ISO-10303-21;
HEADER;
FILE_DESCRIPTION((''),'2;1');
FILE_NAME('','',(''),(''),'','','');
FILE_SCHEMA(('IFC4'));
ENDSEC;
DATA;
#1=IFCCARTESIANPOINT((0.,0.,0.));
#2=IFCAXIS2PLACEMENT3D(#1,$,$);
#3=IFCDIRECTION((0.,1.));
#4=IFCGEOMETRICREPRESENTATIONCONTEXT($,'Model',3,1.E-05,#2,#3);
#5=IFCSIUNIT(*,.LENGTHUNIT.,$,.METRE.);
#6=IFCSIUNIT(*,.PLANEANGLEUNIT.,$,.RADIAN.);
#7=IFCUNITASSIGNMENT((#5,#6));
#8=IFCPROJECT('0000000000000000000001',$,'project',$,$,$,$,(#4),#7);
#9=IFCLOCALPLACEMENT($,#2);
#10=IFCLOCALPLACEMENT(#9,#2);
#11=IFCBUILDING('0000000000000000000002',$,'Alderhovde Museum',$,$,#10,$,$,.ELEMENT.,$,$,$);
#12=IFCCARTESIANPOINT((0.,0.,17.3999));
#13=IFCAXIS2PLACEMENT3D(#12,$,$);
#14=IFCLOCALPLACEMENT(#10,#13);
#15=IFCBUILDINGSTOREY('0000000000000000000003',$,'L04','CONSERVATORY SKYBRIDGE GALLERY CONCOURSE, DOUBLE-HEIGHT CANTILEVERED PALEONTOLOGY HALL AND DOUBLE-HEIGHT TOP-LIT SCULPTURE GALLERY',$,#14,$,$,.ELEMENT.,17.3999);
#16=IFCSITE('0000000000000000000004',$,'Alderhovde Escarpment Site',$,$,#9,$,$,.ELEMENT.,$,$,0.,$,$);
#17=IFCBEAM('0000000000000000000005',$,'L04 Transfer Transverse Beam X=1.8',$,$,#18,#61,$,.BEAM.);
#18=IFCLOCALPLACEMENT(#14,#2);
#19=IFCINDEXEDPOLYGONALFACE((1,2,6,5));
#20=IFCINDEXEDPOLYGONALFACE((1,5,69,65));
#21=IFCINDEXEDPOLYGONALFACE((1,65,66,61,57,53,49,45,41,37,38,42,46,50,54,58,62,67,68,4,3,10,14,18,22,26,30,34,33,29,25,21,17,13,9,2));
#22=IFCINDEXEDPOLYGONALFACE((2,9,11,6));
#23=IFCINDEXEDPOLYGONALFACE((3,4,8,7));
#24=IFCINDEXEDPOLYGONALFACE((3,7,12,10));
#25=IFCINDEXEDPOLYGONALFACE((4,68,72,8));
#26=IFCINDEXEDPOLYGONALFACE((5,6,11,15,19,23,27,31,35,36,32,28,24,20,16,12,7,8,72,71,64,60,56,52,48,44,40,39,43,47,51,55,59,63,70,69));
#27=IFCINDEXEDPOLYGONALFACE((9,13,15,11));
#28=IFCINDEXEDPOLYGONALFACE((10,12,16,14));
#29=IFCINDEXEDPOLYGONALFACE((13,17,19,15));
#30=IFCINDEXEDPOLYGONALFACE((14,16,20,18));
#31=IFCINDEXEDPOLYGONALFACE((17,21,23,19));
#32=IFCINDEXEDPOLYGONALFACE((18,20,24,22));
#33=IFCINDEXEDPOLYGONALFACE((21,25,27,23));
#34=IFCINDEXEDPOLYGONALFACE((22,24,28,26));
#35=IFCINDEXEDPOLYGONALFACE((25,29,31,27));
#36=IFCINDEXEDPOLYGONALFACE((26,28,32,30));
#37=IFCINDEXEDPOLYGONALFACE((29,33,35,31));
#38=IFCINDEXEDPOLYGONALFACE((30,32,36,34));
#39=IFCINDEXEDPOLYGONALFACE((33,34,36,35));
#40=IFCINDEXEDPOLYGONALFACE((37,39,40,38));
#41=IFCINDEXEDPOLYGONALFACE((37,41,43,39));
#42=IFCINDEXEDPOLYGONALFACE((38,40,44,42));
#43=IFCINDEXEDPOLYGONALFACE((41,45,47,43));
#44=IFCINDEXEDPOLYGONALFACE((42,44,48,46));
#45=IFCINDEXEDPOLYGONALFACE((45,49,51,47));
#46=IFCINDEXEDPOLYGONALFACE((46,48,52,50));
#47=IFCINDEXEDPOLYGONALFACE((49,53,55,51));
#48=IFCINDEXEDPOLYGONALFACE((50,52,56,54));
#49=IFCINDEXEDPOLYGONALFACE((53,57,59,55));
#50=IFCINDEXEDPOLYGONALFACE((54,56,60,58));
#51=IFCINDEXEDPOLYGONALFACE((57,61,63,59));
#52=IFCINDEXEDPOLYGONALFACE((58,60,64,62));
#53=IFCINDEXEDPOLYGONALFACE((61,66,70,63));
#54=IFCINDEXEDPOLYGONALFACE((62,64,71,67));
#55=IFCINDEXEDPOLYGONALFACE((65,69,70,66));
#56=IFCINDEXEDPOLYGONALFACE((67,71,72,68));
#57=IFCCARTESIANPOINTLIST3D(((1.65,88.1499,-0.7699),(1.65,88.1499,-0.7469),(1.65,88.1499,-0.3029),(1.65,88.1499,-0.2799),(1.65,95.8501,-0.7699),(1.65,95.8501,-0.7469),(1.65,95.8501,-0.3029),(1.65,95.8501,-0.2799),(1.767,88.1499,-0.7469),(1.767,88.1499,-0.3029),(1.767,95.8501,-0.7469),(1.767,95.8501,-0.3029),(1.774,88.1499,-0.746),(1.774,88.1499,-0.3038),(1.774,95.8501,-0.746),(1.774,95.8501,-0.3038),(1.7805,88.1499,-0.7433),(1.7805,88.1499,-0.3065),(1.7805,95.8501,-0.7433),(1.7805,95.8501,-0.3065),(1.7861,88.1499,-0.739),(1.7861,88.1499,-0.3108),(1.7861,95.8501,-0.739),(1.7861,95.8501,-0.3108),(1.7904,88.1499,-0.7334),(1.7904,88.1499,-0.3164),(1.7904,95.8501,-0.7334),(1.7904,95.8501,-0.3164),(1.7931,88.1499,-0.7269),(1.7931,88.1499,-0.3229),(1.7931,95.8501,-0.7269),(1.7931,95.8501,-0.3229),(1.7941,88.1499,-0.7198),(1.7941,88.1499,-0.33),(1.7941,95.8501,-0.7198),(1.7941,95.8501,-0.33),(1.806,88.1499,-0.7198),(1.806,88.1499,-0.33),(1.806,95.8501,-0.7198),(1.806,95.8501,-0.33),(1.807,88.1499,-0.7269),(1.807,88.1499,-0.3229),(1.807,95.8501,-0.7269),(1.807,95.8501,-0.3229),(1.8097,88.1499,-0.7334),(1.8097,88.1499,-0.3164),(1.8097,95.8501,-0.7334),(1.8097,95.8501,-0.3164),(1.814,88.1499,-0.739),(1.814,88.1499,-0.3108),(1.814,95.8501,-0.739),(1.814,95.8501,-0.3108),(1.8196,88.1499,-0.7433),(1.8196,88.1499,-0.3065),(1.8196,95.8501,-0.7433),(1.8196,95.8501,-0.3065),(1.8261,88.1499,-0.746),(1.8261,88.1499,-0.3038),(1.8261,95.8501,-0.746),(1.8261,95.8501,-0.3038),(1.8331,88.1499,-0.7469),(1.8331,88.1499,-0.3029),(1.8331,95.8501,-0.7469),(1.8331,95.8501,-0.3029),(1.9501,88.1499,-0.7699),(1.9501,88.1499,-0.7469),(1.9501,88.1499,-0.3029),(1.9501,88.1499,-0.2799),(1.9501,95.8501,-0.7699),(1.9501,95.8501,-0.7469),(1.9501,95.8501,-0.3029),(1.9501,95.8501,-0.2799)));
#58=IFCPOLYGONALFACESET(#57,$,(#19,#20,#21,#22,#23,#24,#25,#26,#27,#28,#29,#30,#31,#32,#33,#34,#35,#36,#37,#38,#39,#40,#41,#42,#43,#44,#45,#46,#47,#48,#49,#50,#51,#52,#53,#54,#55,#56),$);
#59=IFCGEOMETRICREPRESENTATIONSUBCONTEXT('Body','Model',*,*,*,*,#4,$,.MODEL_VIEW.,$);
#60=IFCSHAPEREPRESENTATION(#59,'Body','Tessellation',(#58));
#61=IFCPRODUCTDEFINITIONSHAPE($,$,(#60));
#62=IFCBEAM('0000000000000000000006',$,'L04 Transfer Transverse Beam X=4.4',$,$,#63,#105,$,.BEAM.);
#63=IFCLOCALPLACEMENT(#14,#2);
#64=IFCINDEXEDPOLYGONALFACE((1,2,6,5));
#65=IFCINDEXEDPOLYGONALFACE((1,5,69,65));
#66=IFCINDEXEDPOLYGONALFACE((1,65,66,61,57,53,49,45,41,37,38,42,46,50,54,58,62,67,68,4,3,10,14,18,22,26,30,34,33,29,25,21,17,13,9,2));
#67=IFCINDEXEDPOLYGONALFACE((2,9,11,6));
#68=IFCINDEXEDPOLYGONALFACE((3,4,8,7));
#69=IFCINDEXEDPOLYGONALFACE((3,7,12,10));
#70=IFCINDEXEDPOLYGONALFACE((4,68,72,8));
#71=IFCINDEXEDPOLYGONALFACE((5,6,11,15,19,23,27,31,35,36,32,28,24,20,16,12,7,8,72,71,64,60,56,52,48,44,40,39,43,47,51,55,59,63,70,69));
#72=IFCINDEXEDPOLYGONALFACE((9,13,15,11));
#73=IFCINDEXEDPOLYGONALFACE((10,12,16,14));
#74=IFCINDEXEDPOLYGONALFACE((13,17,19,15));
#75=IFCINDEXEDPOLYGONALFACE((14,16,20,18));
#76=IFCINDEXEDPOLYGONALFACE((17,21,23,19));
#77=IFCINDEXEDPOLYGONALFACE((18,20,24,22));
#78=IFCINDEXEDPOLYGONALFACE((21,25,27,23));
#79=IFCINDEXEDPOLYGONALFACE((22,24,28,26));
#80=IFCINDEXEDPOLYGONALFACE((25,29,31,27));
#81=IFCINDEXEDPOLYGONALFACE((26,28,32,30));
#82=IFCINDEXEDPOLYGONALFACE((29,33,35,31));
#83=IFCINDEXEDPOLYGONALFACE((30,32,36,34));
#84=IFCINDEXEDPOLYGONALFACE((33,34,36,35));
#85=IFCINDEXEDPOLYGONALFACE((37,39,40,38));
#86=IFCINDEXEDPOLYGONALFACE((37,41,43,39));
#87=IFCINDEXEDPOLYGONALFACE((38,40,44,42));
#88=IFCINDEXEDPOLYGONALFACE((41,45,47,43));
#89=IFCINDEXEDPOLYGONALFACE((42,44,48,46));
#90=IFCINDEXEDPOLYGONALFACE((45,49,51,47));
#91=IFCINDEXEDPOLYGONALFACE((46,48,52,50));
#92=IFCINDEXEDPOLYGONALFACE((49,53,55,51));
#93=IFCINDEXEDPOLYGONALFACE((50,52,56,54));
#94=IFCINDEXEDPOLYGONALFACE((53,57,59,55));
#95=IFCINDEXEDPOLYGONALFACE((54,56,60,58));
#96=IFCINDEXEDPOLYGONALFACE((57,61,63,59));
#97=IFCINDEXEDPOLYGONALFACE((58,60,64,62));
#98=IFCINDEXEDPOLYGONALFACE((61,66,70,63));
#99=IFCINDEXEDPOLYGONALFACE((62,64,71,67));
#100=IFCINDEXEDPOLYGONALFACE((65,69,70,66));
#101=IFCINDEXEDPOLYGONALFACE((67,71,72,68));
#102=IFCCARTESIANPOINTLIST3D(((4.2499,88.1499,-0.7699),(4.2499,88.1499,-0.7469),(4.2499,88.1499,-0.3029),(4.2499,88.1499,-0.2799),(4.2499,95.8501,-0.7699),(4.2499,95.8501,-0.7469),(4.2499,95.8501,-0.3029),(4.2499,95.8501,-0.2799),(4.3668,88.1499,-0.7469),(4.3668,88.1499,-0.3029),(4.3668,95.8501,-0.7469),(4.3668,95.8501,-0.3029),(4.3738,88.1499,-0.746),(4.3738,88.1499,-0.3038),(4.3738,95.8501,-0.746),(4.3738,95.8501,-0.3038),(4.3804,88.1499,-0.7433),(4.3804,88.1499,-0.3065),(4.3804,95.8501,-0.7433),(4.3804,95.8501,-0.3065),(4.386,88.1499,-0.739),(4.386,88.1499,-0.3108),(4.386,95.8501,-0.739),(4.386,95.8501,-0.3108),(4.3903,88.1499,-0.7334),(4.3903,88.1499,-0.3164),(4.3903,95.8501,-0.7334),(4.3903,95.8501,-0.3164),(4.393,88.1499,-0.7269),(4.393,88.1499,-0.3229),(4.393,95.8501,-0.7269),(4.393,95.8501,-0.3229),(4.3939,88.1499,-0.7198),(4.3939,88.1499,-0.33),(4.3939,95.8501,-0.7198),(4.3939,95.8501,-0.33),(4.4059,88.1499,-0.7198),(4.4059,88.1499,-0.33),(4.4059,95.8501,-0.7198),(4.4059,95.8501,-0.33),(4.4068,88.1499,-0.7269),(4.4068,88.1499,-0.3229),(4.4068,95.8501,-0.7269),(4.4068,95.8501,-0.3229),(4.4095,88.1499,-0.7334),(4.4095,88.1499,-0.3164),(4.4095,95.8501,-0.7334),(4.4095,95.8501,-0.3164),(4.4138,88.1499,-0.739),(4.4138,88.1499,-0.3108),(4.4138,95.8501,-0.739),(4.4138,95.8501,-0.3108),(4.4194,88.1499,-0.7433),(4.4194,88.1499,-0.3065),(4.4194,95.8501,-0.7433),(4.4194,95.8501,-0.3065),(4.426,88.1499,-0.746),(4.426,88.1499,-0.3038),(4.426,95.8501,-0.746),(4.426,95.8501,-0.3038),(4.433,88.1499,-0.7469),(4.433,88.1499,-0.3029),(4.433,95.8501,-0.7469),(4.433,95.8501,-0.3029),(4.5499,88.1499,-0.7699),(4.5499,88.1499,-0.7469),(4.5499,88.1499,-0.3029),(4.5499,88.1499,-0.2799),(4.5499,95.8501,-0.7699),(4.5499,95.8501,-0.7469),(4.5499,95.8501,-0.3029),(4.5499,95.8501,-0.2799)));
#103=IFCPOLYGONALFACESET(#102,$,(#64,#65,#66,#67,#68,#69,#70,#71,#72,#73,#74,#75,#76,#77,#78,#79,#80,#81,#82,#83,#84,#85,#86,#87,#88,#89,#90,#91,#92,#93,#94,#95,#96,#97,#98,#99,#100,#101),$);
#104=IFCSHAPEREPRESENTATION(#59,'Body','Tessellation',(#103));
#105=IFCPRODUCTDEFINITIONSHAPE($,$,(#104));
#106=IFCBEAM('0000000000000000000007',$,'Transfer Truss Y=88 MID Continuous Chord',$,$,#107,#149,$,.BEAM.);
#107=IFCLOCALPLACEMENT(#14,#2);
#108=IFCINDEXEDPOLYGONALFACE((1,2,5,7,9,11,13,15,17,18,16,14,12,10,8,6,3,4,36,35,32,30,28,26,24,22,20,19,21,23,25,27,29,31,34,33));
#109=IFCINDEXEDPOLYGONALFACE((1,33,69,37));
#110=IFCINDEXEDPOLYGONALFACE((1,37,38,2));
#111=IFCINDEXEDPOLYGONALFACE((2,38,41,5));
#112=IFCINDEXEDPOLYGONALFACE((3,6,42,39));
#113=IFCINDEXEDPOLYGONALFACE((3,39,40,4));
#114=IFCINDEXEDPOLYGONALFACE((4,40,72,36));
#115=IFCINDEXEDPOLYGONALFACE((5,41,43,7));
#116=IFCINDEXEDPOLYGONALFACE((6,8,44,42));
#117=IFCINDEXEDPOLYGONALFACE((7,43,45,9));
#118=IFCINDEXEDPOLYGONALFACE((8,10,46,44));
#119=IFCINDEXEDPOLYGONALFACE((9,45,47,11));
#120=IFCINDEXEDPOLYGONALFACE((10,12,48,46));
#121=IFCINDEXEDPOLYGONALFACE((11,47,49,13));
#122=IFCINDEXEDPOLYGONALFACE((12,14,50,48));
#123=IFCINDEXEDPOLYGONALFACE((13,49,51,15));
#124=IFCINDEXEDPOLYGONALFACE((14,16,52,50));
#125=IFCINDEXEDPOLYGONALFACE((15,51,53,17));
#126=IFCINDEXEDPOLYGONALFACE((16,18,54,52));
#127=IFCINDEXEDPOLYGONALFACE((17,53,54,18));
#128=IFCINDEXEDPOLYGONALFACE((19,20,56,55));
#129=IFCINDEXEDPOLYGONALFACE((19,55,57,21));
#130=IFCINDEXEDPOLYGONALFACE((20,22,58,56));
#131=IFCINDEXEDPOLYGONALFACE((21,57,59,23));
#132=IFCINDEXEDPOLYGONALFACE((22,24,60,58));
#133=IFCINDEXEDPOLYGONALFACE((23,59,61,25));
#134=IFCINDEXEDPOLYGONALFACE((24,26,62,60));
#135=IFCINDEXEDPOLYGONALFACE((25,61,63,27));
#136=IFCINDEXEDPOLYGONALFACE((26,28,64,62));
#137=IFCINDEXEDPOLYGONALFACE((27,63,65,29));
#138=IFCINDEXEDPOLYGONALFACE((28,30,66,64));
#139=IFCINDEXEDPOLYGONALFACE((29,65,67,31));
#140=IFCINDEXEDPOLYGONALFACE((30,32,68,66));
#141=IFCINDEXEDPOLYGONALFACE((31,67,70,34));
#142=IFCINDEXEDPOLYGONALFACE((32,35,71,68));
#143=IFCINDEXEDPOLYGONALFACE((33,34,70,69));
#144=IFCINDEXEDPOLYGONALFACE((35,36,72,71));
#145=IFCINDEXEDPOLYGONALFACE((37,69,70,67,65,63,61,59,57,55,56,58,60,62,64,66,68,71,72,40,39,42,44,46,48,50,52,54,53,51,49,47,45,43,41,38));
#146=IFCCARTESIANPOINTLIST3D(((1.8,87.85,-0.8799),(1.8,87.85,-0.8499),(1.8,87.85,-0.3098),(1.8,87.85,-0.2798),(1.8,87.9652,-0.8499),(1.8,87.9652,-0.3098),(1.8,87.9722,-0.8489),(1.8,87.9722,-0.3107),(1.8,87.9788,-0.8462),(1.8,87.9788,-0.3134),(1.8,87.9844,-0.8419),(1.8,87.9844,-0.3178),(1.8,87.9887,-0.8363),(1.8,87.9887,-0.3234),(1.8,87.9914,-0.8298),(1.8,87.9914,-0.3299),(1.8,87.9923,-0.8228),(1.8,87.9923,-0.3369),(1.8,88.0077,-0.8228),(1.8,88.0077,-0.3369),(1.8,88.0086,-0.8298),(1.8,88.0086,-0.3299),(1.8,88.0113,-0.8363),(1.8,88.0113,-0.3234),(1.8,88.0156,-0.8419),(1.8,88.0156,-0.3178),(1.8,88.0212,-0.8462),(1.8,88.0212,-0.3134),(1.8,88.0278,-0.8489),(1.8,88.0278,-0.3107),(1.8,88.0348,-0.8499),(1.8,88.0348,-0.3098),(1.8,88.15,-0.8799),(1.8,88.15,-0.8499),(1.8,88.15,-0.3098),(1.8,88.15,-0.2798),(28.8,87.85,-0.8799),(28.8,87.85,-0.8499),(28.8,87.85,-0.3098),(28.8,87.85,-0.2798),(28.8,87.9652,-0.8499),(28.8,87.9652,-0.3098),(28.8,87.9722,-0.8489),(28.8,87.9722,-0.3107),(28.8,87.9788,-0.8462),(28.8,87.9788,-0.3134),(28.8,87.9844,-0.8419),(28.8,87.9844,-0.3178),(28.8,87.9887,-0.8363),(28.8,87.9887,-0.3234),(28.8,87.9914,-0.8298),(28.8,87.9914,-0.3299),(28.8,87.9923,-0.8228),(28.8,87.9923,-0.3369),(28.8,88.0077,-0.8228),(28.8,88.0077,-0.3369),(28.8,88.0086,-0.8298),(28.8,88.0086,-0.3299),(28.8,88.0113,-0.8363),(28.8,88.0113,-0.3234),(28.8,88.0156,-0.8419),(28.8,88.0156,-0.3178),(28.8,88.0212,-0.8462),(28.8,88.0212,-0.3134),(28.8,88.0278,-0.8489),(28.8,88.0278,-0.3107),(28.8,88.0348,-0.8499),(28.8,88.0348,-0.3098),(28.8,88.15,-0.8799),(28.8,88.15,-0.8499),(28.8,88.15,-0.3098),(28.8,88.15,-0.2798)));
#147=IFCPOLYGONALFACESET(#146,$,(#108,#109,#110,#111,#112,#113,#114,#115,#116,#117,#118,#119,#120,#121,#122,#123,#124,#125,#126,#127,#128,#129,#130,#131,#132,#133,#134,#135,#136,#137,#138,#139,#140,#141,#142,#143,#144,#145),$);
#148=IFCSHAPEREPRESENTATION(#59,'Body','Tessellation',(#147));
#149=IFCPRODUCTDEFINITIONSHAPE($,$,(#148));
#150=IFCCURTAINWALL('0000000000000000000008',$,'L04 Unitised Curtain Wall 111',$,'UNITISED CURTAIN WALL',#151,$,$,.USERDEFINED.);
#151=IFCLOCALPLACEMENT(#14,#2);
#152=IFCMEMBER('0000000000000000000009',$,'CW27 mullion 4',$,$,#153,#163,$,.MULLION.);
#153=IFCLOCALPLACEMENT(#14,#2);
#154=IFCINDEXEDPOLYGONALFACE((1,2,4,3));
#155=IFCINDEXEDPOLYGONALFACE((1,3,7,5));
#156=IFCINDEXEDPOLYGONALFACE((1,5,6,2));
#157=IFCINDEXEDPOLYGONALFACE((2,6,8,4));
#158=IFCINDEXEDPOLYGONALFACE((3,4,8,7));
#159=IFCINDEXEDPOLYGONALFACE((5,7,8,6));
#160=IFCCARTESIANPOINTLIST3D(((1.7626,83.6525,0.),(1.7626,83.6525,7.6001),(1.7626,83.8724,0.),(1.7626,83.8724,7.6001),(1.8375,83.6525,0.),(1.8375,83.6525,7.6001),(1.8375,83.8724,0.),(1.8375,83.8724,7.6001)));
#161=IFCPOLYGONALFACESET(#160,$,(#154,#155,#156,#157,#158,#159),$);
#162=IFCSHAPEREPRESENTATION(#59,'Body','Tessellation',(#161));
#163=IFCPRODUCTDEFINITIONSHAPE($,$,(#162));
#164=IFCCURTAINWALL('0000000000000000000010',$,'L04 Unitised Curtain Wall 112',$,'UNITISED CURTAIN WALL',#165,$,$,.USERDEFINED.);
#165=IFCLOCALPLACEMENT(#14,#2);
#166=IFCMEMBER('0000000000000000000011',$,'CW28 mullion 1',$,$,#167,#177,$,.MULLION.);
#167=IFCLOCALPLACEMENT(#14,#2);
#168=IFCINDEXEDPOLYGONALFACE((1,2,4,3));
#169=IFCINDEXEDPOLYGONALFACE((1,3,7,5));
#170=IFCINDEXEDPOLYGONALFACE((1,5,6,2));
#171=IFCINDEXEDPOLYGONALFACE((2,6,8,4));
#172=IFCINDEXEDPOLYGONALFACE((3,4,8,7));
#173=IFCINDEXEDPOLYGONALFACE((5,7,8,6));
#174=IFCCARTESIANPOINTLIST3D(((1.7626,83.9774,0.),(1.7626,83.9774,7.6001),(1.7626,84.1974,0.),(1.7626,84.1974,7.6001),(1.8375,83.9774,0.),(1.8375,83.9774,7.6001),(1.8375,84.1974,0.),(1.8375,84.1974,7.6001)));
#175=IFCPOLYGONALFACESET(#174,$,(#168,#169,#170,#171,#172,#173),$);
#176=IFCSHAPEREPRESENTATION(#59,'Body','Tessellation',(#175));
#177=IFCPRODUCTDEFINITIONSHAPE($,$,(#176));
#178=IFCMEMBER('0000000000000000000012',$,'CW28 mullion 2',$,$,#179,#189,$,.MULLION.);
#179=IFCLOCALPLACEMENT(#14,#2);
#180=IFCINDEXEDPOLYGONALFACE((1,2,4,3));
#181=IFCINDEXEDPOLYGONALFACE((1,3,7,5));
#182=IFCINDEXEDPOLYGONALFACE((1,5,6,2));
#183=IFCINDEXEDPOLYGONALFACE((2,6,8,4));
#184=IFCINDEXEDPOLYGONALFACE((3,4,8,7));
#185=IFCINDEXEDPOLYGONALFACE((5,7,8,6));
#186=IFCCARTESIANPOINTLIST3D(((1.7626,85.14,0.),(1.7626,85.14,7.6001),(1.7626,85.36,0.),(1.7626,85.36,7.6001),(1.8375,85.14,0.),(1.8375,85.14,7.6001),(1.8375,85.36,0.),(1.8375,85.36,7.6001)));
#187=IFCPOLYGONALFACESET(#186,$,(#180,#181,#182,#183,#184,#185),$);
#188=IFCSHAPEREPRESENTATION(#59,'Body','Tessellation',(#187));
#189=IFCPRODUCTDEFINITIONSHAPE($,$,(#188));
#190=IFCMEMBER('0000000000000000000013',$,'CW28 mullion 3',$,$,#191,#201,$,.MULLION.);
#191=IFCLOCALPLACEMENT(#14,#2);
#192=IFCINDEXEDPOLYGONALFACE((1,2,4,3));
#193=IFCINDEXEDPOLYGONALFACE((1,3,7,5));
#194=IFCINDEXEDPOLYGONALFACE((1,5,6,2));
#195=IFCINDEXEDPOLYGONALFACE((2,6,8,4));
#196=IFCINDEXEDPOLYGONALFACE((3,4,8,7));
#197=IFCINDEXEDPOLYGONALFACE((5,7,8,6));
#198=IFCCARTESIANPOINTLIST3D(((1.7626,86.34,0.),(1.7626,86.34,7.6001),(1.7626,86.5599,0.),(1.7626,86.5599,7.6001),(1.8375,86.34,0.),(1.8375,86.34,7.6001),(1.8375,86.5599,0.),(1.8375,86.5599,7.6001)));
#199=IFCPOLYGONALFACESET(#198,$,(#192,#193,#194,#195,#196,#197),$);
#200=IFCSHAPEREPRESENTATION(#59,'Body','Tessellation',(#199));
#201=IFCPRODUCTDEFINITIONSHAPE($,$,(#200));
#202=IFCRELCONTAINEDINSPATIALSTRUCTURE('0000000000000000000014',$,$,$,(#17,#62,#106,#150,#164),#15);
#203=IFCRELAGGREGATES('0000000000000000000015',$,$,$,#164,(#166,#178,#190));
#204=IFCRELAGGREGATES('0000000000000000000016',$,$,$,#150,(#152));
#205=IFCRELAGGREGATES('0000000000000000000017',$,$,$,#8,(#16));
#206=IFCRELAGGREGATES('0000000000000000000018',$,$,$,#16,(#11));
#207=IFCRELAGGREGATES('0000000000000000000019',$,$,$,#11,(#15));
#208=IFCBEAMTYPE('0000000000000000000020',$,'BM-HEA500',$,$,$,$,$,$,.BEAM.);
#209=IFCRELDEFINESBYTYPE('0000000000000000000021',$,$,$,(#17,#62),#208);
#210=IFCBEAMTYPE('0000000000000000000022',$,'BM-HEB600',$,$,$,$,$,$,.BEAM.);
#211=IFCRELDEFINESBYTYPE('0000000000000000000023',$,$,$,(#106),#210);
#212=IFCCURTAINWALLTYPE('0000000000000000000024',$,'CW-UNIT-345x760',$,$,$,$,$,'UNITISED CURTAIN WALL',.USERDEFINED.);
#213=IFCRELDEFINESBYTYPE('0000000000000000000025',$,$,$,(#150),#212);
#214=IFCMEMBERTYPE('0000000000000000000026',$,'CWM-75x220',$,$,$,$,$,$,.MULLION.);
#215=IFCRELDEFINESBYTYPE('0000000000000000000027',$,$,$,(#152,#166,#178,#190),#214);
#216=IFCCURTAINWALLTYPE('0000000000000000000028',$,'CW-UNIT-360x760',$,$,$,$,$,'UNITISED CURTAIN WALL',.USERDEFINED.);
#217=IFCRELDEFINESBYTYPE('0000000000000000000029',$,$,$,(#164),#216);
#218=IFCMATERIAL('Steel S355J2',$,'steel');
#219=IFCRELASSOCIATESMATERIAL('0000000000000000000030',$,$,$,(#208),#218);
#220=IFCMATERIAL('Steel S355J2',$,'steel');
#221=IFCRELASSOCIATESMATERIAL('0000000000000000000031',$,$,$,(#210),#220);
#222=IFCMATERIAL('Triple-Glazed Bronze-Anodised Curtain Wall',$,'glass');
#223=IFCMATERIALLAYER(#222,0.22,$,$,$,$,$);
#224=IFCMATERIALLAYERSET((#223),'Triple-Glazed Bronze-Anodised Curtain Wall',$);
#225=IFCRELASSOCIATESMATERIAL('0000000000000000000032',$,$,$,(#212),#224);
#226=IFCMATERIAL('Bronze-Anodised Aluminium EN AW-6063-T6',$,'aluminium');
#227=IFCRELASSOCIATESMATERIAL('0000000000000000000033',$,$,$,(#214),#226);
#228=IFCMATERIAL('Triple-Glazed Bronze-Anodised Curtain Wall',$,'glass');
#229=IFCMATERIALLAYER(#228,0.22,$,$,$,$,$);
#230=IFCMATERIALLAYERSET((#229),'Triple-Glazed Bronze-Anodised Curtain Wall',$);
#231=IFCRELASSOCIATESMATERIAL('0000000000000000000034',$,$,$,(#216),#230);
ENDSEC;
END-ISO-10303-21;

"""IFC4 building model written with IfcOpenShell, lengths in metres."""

from ifc_helpers import new_model, si_unit, direction, frame, origin, origin_2d, place, context, subcontext, project, spatial, rectangle, i_section, extrude, material, layer, layer_set, material_profile, profile_set, type_object, element, aggregate, save


model = new_model("IFC4")

# Units and contexts
model_context = context("Model", 3, precision=1e-05, world=origin(), true_north=direction((0.0, 1.0)))
body_context = subcontext(model_context, "Body", "Model", "MODEL_VIEW")
ifc_project = project(units=[si_unit("LENGTHUNIT", "METRE"), si_unit("PLANEANGLEUNIT", "RADIAN")], contexts=[model_context])

# Site, building, storey
site_placement = place(None, origin())
site = spatial("IfcSite", under=ifc_project, at=site_placement, Name="Alderhovde Escarpment Site", CompositionType="ELEMENT", RefElevation=0.0)
building_placement = place(site_placement, origin())
building = spatial("IfcBuilding", under=site, at=building_placement, Name="Alderhovde Museum", CompositionType="ELEMENT")
storey_placement = place(building_placement, frame((0.0, 0.0, 17.3999)))
storey = spatial("IfcBuildingStorey", under=building, at=storey_placement, Name="L04", Description="CONSERVATORY SKYBRIDGE GALLERY CONCOURSE, DOUBLE-HEIGHT CANTILEVERED PALEONTOLOGY HALL AND DOUBLE-HEIGHT TOP-LIT SCULPTURE GALLERY", CompositionType="ELEMENT", Elevation=17.3999)

# Beams
ifc_material_1 = material(Name="Steel S355J2", Category="steel")
ifc_material_profile_1 = material_profile(ifc_material_1, i_section(OverallWidth=0.3, OverallDepth=0.49, WebThickness=0.012, FlangeThickness=0.0229, FilletRadius=0.0271, at=origin_2d()), Name="HEA 500")
ifc_profile_set_1 = profile_set([ifc_material_profile_1], Name="Steel S355J2")
beam_type_1 = type_object("IfcBeamType", Name="BM-HEA500", PredefinedType="BEAM", material=ifc_profile_set_1)
for number, where, z_axis, x_axis, name in (
    (1, (1.8, 88.1499, -0.5249), (0.0, 1.0, 0.0), (-1.0, 0.0, 0.0), "L04 Transfer Transverse Beam X=1.8"),
    (2, (4.3999, 88.1499, -0.5249), (0.0, 1.0, 0.0), (-1.0, 0.0, 0.0), "L04 Transfer Transverse Beam X=4.4"),
):
    element("IfcBeam", number, at=place(storey_placement, frame(where, z_axis=z_axis, x_axis=x_axis)), inside=storey, type_object=beam_type_1, Name=name, PredefinedType="BEAM", context=body_context, shape_type="SweptSolid", body=[
        extrude(i_section(OverallWidth=0.3, OverallDepth=0.49, WebThickness=0.012, FlangeThickness=0.0229, FilletRadius=0.0271, at=origin_2d()), origin(), (0.0, 0.0, 1.0), 7.7002),
    ])
ifc_material_2 = material(Name="Steel S355J2", Category="steel")
ifc_material_profile_2 = material_profile(ifc_material_2, i_section(OverallWidth=0.3, OverallDepth=0.6001, WebThickness=0.0154, FlangeThickness=0.03, FilletRadius=0.0271, at=origin_2d()), Name="HEB 600")
ifc_profile_set_2 = profile_set([ifc_material_profile_2], Name="Steel S355J2")
beam_type_2 = type_object("IfcBeamType", Name="BM-HEB600", PredefinedType="BEAM", material=ifc_profile_set_2)
beam_placement = place(storey_placement, frame((1.8, 88.0, -0.5798), z_axis=(1.0, 0.0, 0.0), x_axis=(0.0, 1.0, 0.0)))
element("IfcBeam", 3, at=beam_placement, inside=storey, type_object=beam_type_2, Name="Transfer Truss Y=88 MID Continuous Chord", PredefinedType="BEAM", context=body_context, shape_type="SweptSolid", body=[
    extrude(i_section(OverallWidth=0.3, OverallDepth=0.6001, WebThickness=0.0154, FlangeThickness=0.03, FilletRadius=0.0271, at=origin_2d()), origin(), (0.0, 0.0, 1.0), 27.0),
])

# Curtain wall, member
ifc_material_3 = material(Name="Triple-Glazed Bronze-Anodised Curtain Wall", Category="glass")
ifc_layer_1 = layer(ifc_material_3, 0.22)
ifc_layer_set_1 = layer_set([ifc_layer_1], Name="Triple-Glazed Bronze-Anodised Curtain Wall")
curtain_wall_type_1 = type_object("IfcCurtainWallType", Name="CW-UNIT-345x760", ElementType="UNITISED CURTAIN WALL", PredefinedType="USERDEFINED", material=ifc_layer_set_1)
curtain_wall_1_placement = place(storey_placement, origin())
curtain_wall_1 = element("IfcCurtainWall", 4, at=curtain_wall_1_placement, inside=storey, type_object=curtain_wall_type_1, Name="L04 Unitised Curtain Wall 111", ObjectType="UNITISED CURTAIN WALL", PredefinedType="USERDEFINED")
ifc_material_4 = material(Name="Bronze-Anodised Aluminium EN AW-6063-T6", Category="aluminium")
ifc_material_profile_3 = material_profile(ifc_material_4, rectangle(XDim=0.075, YDim=0.22, at=origin_2d()), Name="MULLION 75x220")
ifc_profile_set_3 = profile_set([ifc_material_profile_3], Name="Bronze-Anodised Aluminium EN AW-6063-T6")
member_type_1 = type_object("IfcMemberType", Name="CWM-75x220", PredefinedType="MULLION", material=ifc_profile_set_3)
member_1_placement = place(storey_placement, frame((1.8, 83.7625, 0.0), z_axis=(0.0, 0.0, 1.0), x_axis=(-1.0, 0.0, 0.0)))
member_1 = element("IfcMember", 5, at=member_1_placement, type_object=member_type_1, Name="CW27 mullion 4", PredefinedType="MULLION", context=body_context, shape_type="SweptSolid", body=[
    extrude(rectangle(XDim=0.075, YDim=0.22, at=origin_2d()), origin(), (0.0, 0.0, 1.0), 7.6001),
])

# Curtain wall, members
ifc_material_5 = material(Name="Triple-Glazed Bronze-Anodised Curtain Wall", Category="glass")
ifc_layer_2 = layer(ifc_material_5, 0.22)
ifc_layer_set_2 = layer_set([ifc_layer_2], Name="Triple-Glazed Bronze-Anodised Curtain Wall")
curtain_wall_type_2 = type_object("IfcCurtainWallType", Name="CW-UNIT-360x760", ElementType="UNITISED CURTAIN WALL", PredefinedType="USERDEFINED", material=ifc_layer_set_2)
curtain_wall_2_placement = place(storey_placement, origin())
curtain_wall_2 = element("IfcCurtainWall", 6, at=curtain_wall_2_placement, inside=storey, type_object=curtain_wall_type_2, Name="L04 Unitised Curtain Wall 112", ObjectType="UNITISED CURTAIN WALL", PredefinedType="USERDEFINED")
member_2_placement = place(storey_placement, frame((1.8, 84.0874, 0.0), z_axis=(0.0, 0.0, 1.0), x_axis=(-1.0, 0.0, 0.0)))
member_2 = element("IfcMember", 7, at=member_2_placement, type_object=member_type_1, Name="CW28 mullion 1", PredefinedType="MULLION", context=body_context, shape_type="SweptSolid", body=[
    extrude(rectangle(XDim=0.075, YDim=0.22, at=origin_2d()), origin(), (0.0, 0.0, 1.0), 7.6001),
])
member_3_placement = place(storey_placement, frame((1.8, 85.25, 0.0), z_axis=(0.0, 0.0, 1.0), x_axis=(-1.0, 0.0, 0.0)))
member_3 = element("IfcMember", 8, at=member_3_placement, type_object=member_type_1, Name="CW28 mullion 2", PredefinedType="MULLION", context=body_context, shape_type="SweptSolid", body=[
    extrude(rectangle(XDim=0.075, YDim=0.22, at=origin_2d()), origin(), (0.0, 0.0, 1.0), 7.6001),
])
member_4_placement = place(storey_placement, frame((1.8, 86.45, 0.0), z_axis=(0.0, 0.0, 1.0), x_axis=(-1.0, 0.0, 0.0)))
member_4 = element("IfcMember", 9, at=member_4_placement, type_object=member_type_1, Name="CW28 mullion 3", PredefinedType="MULLION", context=body_context, shape_type="SweptSolid", body=[
    extrude(rectangle(XDim=0.075, YDim=0.22, at=origin_2d()), origin(), (0.0, 0.0, 1.0), 7.6001),
])

aggregate(curtain_wall_2, [member_2, member_3, member_4])
aggregate(curtain_wall_1, [member_1])

save(model, "model.ifc")
